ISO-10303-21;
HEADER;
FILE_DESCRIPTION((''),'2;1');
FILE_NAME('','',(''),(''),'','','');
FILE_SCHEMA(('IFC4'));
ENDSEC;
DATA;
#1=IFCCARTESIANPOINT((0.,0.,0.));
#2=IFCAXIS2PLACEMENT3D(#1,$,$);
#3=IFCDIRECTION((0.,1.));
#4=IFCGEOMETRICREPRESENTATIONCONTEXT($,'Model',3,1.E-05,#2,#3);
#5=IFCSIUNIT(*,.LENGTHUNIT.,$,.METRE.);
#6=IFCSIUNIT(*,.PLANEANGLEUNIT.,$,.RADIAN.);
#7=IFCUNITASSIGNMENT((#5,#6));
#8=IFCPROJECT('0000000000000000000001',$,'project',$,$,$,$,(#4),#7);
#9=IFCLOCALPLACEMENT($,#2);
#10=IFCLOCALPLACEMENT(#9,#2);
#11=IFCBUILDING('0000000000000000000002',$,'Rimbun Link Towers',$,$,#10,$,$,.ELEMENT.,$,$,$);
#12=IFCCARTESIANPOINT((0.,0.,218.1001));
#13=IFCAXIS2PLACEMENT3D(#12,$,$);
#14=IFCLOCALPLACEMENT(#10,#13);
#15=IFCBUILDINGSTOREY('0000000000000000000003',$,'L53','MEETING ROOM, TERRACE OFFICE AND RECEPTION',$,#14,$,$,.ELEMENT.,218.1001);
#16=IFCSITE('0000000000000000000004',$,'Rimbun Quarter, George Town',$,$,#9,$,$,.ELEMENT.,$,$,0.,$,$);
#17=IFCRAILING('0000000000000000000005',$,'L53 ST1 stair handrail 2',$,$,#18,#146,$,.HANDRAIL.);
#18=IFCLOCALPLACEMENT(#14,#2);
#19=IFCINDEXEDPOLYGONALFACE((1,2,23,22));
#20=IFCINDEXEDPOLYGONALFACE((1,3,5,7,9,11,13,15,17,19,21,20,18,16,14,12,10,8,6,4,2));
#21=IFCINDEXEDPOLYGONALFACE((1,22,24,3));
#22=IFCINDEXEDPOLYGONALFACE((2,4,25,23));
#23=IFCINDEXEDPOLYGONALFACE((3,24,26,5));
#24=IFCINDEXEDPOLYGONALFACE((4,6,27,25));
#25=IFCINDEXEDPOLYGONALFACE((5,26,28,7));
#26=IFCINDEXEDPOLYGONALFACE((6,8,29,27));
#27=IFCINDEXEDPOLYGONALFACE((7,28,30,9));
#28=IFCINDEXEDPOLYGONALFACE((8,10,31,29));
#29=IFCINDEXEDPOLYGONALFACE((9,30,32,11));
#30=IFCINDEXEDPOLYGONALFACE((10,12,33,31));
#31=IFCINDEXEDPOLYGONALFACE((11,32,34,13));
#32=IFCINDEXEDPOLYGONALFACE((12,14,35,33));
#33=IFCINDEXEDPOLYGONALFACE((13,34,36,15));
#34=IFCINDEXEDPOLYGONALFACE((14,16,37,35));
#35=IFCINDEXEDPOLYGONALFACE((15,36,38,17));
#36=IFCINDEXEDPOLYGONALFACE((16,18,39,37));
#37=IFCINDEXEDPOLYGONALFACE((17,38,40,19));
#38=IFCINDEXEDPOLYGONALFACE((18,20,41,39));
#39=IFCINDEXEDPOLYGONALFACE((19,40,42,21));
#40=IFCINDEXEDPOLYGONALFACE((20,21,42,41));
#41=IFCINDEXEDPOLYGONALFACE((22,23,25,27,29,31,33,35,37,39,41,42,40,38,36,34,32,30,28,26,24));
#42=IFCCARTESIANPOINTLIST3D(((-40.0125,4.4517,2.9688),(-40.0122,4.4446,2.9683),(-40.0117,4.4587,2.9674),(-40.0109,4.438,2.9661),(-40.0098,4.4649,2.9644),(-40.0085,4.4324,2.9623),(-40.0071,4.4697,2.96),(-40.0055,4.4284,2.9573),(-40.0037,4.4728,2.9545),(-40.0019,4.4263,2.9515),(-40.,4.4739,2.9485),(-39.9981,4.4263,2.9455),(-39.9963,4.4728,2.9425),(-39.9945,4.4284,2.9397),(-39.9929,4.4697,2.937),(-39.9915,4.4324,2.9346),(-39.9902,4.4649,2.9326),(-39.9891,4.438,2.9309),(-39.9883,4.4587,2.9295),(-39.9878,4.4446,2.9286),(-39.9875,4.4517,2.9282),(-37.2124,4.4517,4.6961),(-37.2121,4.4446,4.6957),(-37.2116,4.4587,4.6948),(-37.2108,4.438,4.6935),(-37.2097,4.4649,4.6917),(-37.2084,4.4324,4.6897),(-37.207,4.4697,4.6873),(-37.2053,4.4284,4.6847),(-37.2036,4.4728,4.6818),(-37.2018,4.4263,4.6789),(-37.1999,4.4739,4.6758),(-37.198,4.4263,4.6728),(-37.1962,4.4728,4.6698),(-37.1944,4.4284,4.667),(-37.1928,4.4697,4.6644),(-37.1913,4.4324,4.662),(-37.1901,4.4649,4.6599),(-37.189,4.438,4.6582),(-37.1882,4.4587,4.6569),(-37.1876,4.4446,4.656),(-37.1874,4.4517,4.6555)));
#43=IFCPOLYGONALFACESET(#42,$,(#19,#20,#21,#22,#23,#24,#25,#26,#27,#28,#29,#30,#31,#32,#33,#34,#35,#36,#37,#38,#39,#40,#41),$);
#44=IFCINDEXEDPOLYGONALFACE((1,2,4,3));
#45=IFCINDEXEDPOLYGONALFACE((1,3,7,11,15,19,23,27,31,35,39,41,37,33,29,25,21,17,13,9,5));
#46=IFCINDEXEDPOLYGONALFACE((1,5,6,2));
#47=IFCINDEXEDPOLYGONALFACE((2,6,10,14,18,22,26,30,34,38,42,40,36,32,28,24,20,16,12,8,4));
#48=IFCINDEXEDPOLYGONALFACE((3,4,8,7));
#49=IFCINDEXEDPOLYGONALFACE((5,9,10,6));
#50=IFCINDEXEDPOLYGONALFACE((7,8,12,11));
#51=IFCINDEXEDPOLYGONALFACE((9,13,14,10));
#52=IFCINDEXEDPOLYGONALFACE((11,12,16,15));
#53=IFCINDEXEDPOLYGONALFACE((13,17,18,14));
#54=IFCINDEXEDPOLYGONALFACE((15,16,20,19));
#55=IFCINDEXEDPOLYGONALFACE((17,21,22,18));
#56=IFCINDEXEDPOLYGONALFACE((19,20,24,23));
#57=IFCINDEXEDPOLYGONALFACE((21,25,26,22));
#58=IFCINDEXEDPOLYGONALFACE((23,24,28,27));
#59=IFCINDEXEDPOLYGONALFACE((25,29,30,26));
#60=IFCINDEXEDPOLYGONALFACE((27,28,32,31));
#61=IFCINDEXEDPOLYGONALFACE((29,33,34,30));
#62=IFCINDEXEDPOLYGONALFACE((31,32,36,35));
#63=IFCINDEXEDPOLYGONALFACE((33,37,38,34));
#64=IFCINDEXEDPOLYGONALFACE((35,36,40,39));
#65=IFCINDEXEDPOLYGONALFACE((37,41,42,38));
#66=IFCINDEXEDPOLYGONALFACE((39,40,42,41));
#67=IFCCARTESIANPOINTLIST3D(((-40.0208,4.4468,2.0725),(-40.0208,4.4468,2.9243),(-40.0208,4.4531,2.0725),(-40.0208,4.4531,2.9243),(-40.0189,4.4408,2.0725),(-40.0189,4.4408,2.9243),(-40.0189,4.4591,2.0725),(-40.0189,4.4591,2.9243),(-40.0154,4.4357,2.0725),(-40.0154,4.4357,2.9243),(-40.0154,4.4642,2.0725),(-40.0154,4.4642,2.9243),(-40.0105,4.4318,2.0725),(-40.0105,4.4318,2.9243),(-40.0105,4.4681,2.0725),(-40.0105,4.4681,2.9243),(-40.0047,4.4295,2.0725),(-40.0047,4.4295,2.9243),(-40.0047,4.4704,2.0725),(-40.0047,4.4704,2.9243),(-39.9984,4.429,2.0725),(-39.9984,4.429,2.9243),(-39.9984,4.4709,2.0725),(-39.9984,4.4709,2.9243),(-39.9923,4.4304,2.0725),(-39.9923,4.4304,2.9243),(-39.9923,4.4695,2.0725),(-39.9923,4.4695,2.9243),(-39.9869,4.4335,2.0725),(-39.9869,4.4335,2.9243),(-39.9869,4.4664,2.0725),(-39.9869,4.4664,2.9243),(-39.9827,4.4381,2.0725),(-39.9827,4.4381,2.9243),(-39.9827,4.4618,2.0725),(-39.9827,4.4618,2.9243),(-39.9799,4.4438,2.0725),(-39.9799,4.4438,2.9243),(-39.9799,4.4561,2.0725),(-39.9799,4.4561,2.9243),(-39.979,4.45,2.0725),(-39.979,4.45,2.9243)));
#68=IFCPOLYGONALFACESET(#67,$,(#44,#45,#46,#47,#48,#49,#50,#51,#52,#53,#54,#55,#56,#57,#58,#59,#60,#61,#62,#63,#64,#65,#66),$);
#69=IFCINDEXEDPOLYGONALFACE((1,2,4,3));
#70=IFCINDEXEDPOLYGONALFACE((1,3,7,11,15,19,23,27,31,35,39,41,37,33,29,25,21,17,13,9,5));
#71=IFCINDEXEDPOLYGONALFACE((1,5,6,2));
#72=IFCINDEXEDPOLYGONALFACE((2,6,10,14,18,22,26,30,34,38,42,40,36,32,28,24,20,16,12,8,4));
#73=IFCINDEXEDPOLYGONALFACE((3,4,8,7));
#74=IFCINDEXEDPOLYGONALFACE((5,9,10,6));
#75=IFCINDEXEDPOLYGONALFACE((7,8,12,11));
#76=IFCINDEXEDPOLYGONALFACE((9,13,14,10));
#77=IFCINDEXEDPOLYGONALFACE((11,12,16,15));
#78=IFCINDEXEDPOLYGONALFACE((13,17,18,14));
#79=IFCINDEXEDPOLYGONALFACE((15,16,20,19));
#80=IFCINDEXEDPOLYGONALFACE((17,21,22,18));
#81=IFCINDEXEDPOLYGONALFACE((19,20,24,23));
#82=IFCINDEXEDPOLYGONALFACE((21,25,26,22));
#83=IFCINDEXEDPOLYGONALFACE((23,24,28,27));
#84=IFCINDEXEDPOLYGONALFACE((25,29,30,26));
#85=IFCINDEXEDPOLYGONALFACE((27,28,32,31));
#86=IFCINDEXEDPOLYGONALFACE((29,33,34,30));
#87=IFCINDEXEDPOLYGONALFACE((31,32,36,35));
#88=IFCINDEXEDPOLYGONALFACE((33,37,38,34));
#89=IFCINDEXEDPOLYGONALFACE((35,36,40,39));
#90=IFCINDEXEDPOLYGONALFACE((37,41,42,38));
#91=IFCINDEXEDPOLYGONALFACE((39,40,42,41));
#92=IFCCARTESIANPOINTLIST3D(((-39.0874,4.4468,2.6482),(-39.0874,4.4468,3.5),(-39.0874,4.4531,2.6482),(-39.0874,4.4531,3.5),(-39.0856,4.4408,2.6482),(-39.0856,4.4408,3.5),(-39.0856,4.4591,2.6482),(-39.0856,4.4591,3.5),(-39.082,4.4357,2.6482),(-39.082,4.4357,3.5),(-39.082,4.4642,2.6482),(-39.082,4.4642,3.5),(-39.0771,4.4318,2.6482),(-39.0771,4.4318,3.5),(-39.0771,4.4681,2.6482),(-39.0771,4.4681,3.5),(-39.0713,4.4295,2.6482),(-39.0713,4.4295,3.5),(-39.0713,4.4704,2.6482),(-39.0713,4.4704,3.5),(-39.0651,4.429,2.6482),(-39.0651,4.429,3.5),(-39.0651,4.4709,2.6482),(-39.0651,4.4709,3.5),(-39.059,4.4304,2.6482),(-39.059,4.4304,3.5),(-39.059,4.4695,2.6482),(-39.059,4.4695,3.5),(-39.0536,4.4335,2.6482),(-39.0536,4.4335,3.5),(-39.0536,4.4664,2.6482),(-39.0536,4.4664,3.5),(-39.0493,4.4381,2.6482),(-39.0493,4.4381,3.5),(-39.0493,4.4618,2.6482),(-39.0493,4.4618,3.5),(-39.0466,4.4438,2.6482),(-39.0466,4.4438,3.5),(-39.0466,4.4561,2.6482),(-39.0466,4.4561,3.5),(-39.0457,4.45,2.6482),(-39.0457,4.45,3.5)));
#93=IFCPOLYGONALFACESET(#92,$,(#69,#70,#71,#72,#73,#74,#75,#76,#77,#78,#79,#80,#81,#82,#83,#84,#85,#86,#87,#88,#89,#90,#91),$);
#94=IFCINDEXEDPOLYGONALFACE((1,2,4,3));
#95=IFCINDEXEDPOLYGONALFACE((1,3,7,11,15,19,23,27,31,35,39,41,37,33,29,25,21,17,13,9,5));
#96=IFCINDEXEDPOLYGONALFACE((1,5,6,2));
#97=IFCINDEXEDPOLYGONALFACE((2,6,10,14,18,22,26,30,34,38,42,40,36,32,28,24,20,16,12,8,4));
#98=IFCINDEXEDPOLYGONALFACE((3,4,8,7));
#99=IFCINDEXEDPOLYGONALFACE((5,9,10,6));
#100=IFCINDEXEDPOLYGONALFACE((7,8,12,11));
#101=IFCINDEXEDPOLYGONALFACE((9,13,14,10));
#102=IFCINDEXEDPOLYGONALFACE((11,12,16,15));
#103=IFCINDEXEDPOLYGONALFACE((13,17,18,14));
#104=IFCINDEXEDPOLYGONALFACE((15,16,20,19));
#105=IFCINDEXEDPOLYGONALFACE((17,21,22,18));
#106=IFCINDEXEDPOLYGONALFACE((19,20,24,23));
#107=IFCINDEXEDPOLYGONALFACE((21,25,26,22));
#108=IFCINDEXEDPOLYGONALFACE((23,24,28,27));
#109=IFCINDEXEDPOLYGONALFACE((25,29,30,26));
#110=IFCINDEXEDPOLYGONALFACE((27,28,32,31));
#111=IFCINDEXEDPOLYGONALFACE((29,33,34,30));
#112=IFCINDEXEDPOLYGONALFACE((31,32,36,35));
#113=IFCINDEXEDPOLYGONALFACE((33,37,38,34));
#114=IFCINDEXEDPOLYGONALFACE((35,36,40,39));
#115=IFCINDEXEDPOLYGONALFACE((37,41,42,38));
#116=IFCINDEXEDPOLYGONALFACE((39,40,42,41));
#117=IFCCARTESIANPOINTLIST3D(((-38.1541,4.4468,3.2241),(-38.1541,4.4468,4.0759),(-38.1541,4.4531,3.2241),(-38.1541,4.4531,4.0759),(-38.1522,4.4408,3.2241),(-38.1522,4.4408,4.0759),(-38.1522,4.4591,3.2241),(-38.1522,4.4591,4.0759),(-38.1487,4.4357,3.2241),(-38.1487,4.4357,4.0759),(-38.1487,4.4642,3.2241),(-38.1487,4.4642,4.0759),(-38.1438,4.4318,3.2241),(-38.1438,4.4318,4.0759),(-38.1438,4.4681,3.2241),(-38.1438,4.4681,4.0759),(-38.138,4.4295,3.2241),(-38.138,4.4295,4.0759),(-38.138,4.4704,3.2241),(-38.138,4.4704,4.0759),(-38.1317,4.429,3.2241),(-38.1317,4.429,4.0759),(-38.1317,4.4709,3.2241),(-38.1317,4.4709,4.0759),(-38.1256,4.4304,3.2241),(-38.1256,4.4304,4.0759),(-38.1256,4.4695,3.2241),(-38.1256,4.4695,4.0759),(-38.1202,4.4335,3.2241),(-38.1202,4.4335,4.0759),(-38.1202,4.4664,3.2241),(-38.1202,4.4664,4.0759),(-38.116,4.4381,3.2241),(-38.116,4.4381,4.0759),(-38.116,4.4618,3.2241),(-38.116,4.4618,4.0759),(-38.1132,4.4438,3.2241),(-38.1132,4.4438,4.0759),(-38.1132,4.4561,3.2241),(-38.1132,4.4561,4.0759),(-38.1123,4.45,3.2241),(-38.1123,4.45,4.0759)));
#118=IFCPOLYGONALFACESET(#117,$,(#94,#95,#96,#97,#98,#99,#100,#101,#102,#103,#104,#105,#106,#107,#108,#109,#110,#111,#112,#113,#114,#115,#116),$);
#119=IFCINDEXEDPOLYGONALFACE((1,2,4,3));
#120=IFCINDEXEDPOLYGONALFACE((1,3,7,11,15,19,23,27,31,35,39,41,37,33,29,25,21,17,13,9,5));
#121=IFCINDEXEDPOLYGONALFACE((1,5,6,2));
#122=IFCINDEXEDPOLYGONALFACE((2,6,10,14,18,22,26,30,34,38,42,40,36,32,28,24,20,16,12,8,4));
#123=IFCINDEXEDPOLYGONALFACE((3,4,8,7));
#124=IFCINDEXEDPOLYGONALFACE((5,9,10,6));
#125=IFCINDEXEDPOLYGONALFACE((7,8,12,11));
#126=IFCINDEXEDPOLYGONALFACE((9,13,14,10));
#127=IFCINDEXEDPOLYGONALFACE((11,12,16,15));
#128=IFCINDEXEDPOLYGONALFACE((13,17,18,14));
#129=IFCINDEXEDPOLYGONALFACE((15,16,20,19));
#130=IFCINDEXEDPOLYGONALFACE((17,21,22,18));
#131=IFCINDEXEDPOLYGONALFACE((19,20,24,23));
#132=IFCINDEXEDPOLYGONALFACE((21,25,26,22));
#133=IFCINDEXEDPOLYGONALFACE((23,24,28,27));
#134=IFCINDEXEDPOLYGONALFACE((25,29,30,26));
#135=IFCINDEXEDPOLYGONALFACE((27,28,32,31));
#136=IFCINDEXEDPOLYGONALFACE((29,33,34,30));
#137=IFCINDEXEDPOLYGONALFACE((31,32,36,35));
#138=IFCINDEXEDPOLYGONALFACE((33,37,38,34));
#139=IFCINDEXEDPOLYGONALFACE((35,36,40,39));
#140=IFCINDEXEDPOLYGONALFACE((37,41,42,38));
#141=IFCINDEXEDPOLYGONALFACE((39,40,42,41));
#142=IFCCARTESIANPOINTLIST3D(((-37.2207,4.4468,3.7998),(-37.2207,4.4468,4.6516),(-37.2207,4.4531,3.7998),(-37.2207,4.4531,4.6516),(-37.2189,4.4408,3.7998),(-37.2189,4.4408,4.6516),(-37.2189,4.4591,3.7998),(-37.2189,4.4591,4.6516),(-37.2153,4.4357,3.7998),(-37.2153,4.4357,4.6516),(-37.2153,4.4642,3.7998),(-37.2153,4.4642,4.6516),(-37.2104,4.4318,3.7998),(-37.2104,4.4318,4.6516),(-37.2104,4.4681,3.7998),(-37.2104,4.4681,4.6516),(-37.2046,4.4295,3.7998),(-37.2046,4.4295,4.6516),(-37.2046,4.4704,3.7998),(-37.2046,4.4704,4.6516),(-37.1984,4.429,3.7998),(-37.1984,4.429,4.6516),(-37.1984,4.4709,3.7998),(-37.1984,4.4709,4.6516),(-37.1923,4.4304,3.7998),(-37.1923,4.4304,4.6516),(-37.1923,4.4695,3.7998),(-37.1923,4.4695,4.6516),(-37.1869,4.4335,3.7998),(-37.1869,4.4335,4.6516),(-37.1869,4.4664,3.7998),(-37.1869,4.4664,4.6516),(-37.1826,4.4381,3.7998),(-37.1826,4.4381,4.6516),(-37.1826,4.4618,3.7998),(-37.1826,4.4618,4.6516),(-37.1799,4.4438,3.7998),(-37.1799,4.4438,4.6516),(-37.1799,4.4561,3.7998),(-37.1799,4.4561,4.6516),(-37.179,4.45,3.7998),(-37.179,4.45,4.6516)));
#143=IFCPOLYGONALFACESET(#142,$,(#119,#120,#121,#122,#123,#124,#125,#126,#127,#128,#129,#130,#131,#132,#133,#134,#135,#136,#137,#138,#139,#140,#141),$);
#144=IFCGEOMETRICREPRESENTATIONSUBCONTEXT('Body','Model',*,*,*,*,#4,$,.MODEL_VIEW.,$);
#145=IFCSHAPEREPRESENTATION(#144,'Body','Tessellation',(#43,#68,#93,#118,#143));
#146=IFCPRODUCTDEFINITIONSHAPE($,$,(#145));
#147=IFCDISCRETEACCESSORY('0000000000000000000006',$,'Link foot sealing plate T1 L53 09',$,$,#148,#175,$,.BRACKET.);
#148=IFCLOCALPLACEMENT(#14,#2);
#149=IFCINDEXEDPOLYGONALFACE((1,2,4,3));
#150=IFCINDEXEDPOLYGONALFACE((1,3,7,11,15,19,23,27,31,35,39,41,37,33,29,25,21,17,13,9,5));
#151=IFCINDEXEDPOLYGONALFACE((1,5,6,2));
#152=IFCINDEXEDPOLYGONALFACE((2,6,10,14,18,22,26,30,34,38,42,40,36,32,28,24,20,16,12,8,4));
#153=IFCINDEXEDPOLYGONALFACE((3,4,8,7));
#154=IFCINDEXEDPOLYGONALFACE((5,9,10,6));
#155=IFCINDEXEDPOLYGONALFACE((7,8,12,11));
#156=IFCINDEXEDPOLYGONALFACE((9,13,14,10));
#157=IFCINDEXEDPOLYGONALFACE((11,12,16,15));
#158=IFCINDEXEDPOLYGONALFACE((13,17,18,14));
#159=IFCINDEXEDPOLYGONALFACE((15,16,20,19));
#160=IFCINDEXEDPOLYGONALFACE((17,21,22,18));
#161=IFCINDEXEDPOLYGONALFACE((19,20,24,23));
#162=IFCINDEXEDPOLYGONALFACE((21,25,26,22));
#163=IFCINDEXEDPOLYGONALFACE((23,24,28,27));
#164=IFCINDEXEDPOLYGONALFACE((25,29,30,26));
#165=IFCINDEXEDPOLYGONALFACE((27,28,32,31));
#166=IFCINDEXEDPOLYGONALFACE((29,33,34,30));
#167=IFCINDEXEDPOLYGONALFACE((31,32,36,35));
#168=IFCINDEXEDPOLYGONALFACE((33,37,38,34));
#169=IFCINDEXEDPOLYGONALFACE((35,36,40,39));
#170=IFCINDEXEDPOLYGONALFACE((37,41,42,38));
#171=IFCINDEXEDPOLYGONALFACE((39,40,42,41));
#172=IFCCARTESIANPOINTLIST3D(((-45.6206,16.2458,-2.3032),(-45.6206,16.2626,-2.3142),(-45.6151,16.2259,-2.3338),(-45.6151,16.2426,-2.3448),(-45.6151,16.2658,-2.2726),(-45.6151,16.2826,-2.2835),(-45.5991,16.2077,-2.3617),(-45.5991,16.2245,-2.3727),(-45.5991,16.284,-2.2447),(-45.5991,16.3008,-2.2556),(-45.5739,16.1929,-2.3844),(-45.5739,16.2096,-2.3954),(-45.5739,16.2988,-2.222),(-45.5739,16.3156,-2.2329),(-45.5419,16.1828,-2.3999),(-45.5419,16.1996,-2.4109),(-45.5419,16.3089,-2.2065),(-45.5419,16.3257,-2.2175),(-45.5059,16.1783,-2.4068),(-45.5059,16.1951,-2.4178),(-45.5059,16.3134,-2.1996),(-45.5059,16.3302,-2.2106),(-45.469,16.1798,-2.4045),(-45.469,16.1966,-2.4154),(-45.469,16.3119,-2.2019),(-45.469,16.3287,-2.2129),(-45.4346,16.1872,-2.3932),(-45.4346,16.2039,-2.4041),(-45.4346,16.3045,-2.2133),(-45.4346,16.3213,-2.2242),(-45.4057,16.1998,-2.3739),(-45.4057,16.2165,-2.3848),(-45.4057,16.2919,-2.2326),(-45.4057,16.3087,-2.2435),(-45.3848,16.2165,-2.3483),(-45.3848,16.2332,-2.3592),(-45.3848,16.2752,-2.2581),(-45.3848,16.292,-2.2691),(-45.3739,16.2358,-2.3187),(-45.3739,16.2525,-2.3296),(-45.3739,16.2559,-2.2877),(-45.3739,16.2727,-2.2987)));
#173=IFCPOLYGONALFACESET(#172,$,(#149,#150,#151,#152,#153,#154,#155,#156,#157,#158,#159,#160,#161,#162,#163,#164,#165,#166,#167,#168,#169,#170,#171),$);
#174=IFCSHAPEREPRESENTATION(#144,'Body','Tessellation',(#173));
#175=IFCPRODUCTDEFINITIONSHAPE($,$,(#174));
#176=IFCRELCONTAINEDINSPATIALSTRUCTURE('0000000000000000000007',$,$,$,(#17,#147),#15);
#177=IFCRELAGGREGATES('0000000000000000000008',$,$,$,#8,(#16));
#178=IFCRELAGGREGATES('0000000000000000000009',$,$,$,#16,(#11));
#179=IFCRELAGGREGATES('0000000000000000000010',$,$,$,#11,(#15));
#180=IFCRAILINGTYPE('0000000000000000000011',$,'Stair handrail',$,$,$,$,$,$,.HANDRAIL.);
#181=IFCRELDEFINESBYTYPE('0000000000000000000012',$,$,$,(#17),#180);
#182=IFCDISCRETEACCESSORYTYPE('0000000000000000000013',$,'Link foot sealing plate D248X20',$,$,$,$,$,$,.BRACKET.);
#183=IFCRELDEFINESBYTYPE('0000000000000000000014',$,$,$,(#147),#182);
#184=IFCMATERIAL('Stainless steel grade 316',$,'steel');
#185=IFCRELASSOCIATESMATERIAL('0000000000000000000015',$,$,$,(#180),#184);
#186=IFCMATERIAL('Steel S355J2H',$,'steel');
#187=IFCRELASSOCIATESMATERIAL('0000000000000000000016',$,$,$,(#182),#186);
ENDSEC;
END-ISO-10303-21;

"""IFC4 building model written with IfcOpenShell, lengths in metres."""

from ifc_helpers import new_model, si_unit, direction, frame, origin, origin_2d, place, context, subcontext, project, spatial, circle, extrude, material, material_profile, profile_set, type_object, element, save


model = new_model("IFC4")

# Units and contexts
model_context = context("Model", 3, precision=1e-05, world=origin(), true_north=direction((0.0, 1.0)))
body_context = subcontext(model_context, "Body", "Model", "MODEL_VIEW")
ifc_project = project(units=[si_unit("LENGTHUNIT", "METRE"), si_unit("PLANEANGLEUNIT", "RADIAN")], contexts=[model_context])

# Site, building, storey
site_placement = place(None, origin())
site = spatial("IfcSite", under=ifc_project, at=site_placement, Name="Rimbun Quarter, George Town", CompositionType="ELEMENT", RefElevation=0.0)
building_placement = place(site_placement, origin())
building = spatial("IfcBuilding", under=site, at=building_placement, Name="Rimbun Link Towers", CompositionType="ELEMENT")
storey_placement = place(building_placement, frame((0.0, 0.0, 218.1001)))
storey = spatial("IfcBuildingStorey", under=building, at=storey_placement, Name="L53", Description="MEETING ROOM, TERRACE OFFICE AND RECEPTION", CompositionType="ELEMENT", Elevation=218.1001)

# Railing
ifc_material_1 = material(Name="Stainless steel grade 316", Category="steel")
railing_type_1 = type_object("IfcRailingType", Name="Stair handrail", PredefinedType="HANDRAIL", material=ifc_material_1)
railing_1_placement = place(storey_placement, frame((-40.0, 4.45, 2.0725)))
element("IfcRailing", 1, at=railing_1_placement, inside=storey, type_object=railing_type_1, Name="L53 ST1 stair handrail 2", PredefinedType="HANDRAIL", context=body_context, shape_type="SweptSolid", body=[
    extrude(circle(Radius=0.0239, at=origin_2d()), frame((0.0, 0.0, 0.876), z_axis=(0.85109, 0.0, 0.52502), x_axis=(0.0, 1.0, 0.0)), (0.0, 0.0, 1.0), 3.29),
    extrude(circle(Radius=0.021, at=origin_2d()), origin(), (0.0, 0.0, 1.0), 0.8518),
    extrude(circle(Radius=0.021, at=origin_2d()), frame((0.9333, 0.0, 0.5757)), (0.0, 0.0, 1.0), 0.8518),
    extrude(circle(Radius=0.021, at=origin_2d()), frame((1.8667, 0.0, 1.1516)), (0.0, 0.0, 1.0), 0.8518),
    extrude(circle(Radius=0.021, at=origin_2d()), frame((2.8, 0.0, 1.7273)), (0.0, 0.0, 1.0), 0.8518),
])

# Discrete accessory
ifc_material_2 = material(Name="Steel S355J2H", Category="steel")
ifc_material_profile_1 = material_profile(ifc_material_2, circle(Radius=0.124, at=origin_2d()), Name="PL D248")
ifc_profile_set_1 = profile_set([ifc_material_profile_1], Name="Steel S355J2H")
discrete_accessory_type = type_object("IfcDiscreteAccessoryType", Name="Link foot sealing plate D248X20", PredefinedType="BRACKET", material=ifc_profile_set_1)
discrete_accessory_placement = place(storey_placement, frame((-45.4966, 16.2458, -2.3032), z_axis=(0.0, 0.837611, -0.546268), x_axis=(-1.0, 0.0, 0.0)))
element("IfcDiscreteAccessory", 2, at=discrete_accessory_placement, inside=storey, type_object=discrete_accessory_type, Name="Link foot sealing plate T1 L53 09", PredefinedType="BRACKET", context=body_context, shape_type="SweptSolid", body=[
    extrude(circle(Radius=0.124, at=origin_2d()), origin(), (0.0, 0.0, 1.0), 0.02),
])

save(model, "model.ifc")
